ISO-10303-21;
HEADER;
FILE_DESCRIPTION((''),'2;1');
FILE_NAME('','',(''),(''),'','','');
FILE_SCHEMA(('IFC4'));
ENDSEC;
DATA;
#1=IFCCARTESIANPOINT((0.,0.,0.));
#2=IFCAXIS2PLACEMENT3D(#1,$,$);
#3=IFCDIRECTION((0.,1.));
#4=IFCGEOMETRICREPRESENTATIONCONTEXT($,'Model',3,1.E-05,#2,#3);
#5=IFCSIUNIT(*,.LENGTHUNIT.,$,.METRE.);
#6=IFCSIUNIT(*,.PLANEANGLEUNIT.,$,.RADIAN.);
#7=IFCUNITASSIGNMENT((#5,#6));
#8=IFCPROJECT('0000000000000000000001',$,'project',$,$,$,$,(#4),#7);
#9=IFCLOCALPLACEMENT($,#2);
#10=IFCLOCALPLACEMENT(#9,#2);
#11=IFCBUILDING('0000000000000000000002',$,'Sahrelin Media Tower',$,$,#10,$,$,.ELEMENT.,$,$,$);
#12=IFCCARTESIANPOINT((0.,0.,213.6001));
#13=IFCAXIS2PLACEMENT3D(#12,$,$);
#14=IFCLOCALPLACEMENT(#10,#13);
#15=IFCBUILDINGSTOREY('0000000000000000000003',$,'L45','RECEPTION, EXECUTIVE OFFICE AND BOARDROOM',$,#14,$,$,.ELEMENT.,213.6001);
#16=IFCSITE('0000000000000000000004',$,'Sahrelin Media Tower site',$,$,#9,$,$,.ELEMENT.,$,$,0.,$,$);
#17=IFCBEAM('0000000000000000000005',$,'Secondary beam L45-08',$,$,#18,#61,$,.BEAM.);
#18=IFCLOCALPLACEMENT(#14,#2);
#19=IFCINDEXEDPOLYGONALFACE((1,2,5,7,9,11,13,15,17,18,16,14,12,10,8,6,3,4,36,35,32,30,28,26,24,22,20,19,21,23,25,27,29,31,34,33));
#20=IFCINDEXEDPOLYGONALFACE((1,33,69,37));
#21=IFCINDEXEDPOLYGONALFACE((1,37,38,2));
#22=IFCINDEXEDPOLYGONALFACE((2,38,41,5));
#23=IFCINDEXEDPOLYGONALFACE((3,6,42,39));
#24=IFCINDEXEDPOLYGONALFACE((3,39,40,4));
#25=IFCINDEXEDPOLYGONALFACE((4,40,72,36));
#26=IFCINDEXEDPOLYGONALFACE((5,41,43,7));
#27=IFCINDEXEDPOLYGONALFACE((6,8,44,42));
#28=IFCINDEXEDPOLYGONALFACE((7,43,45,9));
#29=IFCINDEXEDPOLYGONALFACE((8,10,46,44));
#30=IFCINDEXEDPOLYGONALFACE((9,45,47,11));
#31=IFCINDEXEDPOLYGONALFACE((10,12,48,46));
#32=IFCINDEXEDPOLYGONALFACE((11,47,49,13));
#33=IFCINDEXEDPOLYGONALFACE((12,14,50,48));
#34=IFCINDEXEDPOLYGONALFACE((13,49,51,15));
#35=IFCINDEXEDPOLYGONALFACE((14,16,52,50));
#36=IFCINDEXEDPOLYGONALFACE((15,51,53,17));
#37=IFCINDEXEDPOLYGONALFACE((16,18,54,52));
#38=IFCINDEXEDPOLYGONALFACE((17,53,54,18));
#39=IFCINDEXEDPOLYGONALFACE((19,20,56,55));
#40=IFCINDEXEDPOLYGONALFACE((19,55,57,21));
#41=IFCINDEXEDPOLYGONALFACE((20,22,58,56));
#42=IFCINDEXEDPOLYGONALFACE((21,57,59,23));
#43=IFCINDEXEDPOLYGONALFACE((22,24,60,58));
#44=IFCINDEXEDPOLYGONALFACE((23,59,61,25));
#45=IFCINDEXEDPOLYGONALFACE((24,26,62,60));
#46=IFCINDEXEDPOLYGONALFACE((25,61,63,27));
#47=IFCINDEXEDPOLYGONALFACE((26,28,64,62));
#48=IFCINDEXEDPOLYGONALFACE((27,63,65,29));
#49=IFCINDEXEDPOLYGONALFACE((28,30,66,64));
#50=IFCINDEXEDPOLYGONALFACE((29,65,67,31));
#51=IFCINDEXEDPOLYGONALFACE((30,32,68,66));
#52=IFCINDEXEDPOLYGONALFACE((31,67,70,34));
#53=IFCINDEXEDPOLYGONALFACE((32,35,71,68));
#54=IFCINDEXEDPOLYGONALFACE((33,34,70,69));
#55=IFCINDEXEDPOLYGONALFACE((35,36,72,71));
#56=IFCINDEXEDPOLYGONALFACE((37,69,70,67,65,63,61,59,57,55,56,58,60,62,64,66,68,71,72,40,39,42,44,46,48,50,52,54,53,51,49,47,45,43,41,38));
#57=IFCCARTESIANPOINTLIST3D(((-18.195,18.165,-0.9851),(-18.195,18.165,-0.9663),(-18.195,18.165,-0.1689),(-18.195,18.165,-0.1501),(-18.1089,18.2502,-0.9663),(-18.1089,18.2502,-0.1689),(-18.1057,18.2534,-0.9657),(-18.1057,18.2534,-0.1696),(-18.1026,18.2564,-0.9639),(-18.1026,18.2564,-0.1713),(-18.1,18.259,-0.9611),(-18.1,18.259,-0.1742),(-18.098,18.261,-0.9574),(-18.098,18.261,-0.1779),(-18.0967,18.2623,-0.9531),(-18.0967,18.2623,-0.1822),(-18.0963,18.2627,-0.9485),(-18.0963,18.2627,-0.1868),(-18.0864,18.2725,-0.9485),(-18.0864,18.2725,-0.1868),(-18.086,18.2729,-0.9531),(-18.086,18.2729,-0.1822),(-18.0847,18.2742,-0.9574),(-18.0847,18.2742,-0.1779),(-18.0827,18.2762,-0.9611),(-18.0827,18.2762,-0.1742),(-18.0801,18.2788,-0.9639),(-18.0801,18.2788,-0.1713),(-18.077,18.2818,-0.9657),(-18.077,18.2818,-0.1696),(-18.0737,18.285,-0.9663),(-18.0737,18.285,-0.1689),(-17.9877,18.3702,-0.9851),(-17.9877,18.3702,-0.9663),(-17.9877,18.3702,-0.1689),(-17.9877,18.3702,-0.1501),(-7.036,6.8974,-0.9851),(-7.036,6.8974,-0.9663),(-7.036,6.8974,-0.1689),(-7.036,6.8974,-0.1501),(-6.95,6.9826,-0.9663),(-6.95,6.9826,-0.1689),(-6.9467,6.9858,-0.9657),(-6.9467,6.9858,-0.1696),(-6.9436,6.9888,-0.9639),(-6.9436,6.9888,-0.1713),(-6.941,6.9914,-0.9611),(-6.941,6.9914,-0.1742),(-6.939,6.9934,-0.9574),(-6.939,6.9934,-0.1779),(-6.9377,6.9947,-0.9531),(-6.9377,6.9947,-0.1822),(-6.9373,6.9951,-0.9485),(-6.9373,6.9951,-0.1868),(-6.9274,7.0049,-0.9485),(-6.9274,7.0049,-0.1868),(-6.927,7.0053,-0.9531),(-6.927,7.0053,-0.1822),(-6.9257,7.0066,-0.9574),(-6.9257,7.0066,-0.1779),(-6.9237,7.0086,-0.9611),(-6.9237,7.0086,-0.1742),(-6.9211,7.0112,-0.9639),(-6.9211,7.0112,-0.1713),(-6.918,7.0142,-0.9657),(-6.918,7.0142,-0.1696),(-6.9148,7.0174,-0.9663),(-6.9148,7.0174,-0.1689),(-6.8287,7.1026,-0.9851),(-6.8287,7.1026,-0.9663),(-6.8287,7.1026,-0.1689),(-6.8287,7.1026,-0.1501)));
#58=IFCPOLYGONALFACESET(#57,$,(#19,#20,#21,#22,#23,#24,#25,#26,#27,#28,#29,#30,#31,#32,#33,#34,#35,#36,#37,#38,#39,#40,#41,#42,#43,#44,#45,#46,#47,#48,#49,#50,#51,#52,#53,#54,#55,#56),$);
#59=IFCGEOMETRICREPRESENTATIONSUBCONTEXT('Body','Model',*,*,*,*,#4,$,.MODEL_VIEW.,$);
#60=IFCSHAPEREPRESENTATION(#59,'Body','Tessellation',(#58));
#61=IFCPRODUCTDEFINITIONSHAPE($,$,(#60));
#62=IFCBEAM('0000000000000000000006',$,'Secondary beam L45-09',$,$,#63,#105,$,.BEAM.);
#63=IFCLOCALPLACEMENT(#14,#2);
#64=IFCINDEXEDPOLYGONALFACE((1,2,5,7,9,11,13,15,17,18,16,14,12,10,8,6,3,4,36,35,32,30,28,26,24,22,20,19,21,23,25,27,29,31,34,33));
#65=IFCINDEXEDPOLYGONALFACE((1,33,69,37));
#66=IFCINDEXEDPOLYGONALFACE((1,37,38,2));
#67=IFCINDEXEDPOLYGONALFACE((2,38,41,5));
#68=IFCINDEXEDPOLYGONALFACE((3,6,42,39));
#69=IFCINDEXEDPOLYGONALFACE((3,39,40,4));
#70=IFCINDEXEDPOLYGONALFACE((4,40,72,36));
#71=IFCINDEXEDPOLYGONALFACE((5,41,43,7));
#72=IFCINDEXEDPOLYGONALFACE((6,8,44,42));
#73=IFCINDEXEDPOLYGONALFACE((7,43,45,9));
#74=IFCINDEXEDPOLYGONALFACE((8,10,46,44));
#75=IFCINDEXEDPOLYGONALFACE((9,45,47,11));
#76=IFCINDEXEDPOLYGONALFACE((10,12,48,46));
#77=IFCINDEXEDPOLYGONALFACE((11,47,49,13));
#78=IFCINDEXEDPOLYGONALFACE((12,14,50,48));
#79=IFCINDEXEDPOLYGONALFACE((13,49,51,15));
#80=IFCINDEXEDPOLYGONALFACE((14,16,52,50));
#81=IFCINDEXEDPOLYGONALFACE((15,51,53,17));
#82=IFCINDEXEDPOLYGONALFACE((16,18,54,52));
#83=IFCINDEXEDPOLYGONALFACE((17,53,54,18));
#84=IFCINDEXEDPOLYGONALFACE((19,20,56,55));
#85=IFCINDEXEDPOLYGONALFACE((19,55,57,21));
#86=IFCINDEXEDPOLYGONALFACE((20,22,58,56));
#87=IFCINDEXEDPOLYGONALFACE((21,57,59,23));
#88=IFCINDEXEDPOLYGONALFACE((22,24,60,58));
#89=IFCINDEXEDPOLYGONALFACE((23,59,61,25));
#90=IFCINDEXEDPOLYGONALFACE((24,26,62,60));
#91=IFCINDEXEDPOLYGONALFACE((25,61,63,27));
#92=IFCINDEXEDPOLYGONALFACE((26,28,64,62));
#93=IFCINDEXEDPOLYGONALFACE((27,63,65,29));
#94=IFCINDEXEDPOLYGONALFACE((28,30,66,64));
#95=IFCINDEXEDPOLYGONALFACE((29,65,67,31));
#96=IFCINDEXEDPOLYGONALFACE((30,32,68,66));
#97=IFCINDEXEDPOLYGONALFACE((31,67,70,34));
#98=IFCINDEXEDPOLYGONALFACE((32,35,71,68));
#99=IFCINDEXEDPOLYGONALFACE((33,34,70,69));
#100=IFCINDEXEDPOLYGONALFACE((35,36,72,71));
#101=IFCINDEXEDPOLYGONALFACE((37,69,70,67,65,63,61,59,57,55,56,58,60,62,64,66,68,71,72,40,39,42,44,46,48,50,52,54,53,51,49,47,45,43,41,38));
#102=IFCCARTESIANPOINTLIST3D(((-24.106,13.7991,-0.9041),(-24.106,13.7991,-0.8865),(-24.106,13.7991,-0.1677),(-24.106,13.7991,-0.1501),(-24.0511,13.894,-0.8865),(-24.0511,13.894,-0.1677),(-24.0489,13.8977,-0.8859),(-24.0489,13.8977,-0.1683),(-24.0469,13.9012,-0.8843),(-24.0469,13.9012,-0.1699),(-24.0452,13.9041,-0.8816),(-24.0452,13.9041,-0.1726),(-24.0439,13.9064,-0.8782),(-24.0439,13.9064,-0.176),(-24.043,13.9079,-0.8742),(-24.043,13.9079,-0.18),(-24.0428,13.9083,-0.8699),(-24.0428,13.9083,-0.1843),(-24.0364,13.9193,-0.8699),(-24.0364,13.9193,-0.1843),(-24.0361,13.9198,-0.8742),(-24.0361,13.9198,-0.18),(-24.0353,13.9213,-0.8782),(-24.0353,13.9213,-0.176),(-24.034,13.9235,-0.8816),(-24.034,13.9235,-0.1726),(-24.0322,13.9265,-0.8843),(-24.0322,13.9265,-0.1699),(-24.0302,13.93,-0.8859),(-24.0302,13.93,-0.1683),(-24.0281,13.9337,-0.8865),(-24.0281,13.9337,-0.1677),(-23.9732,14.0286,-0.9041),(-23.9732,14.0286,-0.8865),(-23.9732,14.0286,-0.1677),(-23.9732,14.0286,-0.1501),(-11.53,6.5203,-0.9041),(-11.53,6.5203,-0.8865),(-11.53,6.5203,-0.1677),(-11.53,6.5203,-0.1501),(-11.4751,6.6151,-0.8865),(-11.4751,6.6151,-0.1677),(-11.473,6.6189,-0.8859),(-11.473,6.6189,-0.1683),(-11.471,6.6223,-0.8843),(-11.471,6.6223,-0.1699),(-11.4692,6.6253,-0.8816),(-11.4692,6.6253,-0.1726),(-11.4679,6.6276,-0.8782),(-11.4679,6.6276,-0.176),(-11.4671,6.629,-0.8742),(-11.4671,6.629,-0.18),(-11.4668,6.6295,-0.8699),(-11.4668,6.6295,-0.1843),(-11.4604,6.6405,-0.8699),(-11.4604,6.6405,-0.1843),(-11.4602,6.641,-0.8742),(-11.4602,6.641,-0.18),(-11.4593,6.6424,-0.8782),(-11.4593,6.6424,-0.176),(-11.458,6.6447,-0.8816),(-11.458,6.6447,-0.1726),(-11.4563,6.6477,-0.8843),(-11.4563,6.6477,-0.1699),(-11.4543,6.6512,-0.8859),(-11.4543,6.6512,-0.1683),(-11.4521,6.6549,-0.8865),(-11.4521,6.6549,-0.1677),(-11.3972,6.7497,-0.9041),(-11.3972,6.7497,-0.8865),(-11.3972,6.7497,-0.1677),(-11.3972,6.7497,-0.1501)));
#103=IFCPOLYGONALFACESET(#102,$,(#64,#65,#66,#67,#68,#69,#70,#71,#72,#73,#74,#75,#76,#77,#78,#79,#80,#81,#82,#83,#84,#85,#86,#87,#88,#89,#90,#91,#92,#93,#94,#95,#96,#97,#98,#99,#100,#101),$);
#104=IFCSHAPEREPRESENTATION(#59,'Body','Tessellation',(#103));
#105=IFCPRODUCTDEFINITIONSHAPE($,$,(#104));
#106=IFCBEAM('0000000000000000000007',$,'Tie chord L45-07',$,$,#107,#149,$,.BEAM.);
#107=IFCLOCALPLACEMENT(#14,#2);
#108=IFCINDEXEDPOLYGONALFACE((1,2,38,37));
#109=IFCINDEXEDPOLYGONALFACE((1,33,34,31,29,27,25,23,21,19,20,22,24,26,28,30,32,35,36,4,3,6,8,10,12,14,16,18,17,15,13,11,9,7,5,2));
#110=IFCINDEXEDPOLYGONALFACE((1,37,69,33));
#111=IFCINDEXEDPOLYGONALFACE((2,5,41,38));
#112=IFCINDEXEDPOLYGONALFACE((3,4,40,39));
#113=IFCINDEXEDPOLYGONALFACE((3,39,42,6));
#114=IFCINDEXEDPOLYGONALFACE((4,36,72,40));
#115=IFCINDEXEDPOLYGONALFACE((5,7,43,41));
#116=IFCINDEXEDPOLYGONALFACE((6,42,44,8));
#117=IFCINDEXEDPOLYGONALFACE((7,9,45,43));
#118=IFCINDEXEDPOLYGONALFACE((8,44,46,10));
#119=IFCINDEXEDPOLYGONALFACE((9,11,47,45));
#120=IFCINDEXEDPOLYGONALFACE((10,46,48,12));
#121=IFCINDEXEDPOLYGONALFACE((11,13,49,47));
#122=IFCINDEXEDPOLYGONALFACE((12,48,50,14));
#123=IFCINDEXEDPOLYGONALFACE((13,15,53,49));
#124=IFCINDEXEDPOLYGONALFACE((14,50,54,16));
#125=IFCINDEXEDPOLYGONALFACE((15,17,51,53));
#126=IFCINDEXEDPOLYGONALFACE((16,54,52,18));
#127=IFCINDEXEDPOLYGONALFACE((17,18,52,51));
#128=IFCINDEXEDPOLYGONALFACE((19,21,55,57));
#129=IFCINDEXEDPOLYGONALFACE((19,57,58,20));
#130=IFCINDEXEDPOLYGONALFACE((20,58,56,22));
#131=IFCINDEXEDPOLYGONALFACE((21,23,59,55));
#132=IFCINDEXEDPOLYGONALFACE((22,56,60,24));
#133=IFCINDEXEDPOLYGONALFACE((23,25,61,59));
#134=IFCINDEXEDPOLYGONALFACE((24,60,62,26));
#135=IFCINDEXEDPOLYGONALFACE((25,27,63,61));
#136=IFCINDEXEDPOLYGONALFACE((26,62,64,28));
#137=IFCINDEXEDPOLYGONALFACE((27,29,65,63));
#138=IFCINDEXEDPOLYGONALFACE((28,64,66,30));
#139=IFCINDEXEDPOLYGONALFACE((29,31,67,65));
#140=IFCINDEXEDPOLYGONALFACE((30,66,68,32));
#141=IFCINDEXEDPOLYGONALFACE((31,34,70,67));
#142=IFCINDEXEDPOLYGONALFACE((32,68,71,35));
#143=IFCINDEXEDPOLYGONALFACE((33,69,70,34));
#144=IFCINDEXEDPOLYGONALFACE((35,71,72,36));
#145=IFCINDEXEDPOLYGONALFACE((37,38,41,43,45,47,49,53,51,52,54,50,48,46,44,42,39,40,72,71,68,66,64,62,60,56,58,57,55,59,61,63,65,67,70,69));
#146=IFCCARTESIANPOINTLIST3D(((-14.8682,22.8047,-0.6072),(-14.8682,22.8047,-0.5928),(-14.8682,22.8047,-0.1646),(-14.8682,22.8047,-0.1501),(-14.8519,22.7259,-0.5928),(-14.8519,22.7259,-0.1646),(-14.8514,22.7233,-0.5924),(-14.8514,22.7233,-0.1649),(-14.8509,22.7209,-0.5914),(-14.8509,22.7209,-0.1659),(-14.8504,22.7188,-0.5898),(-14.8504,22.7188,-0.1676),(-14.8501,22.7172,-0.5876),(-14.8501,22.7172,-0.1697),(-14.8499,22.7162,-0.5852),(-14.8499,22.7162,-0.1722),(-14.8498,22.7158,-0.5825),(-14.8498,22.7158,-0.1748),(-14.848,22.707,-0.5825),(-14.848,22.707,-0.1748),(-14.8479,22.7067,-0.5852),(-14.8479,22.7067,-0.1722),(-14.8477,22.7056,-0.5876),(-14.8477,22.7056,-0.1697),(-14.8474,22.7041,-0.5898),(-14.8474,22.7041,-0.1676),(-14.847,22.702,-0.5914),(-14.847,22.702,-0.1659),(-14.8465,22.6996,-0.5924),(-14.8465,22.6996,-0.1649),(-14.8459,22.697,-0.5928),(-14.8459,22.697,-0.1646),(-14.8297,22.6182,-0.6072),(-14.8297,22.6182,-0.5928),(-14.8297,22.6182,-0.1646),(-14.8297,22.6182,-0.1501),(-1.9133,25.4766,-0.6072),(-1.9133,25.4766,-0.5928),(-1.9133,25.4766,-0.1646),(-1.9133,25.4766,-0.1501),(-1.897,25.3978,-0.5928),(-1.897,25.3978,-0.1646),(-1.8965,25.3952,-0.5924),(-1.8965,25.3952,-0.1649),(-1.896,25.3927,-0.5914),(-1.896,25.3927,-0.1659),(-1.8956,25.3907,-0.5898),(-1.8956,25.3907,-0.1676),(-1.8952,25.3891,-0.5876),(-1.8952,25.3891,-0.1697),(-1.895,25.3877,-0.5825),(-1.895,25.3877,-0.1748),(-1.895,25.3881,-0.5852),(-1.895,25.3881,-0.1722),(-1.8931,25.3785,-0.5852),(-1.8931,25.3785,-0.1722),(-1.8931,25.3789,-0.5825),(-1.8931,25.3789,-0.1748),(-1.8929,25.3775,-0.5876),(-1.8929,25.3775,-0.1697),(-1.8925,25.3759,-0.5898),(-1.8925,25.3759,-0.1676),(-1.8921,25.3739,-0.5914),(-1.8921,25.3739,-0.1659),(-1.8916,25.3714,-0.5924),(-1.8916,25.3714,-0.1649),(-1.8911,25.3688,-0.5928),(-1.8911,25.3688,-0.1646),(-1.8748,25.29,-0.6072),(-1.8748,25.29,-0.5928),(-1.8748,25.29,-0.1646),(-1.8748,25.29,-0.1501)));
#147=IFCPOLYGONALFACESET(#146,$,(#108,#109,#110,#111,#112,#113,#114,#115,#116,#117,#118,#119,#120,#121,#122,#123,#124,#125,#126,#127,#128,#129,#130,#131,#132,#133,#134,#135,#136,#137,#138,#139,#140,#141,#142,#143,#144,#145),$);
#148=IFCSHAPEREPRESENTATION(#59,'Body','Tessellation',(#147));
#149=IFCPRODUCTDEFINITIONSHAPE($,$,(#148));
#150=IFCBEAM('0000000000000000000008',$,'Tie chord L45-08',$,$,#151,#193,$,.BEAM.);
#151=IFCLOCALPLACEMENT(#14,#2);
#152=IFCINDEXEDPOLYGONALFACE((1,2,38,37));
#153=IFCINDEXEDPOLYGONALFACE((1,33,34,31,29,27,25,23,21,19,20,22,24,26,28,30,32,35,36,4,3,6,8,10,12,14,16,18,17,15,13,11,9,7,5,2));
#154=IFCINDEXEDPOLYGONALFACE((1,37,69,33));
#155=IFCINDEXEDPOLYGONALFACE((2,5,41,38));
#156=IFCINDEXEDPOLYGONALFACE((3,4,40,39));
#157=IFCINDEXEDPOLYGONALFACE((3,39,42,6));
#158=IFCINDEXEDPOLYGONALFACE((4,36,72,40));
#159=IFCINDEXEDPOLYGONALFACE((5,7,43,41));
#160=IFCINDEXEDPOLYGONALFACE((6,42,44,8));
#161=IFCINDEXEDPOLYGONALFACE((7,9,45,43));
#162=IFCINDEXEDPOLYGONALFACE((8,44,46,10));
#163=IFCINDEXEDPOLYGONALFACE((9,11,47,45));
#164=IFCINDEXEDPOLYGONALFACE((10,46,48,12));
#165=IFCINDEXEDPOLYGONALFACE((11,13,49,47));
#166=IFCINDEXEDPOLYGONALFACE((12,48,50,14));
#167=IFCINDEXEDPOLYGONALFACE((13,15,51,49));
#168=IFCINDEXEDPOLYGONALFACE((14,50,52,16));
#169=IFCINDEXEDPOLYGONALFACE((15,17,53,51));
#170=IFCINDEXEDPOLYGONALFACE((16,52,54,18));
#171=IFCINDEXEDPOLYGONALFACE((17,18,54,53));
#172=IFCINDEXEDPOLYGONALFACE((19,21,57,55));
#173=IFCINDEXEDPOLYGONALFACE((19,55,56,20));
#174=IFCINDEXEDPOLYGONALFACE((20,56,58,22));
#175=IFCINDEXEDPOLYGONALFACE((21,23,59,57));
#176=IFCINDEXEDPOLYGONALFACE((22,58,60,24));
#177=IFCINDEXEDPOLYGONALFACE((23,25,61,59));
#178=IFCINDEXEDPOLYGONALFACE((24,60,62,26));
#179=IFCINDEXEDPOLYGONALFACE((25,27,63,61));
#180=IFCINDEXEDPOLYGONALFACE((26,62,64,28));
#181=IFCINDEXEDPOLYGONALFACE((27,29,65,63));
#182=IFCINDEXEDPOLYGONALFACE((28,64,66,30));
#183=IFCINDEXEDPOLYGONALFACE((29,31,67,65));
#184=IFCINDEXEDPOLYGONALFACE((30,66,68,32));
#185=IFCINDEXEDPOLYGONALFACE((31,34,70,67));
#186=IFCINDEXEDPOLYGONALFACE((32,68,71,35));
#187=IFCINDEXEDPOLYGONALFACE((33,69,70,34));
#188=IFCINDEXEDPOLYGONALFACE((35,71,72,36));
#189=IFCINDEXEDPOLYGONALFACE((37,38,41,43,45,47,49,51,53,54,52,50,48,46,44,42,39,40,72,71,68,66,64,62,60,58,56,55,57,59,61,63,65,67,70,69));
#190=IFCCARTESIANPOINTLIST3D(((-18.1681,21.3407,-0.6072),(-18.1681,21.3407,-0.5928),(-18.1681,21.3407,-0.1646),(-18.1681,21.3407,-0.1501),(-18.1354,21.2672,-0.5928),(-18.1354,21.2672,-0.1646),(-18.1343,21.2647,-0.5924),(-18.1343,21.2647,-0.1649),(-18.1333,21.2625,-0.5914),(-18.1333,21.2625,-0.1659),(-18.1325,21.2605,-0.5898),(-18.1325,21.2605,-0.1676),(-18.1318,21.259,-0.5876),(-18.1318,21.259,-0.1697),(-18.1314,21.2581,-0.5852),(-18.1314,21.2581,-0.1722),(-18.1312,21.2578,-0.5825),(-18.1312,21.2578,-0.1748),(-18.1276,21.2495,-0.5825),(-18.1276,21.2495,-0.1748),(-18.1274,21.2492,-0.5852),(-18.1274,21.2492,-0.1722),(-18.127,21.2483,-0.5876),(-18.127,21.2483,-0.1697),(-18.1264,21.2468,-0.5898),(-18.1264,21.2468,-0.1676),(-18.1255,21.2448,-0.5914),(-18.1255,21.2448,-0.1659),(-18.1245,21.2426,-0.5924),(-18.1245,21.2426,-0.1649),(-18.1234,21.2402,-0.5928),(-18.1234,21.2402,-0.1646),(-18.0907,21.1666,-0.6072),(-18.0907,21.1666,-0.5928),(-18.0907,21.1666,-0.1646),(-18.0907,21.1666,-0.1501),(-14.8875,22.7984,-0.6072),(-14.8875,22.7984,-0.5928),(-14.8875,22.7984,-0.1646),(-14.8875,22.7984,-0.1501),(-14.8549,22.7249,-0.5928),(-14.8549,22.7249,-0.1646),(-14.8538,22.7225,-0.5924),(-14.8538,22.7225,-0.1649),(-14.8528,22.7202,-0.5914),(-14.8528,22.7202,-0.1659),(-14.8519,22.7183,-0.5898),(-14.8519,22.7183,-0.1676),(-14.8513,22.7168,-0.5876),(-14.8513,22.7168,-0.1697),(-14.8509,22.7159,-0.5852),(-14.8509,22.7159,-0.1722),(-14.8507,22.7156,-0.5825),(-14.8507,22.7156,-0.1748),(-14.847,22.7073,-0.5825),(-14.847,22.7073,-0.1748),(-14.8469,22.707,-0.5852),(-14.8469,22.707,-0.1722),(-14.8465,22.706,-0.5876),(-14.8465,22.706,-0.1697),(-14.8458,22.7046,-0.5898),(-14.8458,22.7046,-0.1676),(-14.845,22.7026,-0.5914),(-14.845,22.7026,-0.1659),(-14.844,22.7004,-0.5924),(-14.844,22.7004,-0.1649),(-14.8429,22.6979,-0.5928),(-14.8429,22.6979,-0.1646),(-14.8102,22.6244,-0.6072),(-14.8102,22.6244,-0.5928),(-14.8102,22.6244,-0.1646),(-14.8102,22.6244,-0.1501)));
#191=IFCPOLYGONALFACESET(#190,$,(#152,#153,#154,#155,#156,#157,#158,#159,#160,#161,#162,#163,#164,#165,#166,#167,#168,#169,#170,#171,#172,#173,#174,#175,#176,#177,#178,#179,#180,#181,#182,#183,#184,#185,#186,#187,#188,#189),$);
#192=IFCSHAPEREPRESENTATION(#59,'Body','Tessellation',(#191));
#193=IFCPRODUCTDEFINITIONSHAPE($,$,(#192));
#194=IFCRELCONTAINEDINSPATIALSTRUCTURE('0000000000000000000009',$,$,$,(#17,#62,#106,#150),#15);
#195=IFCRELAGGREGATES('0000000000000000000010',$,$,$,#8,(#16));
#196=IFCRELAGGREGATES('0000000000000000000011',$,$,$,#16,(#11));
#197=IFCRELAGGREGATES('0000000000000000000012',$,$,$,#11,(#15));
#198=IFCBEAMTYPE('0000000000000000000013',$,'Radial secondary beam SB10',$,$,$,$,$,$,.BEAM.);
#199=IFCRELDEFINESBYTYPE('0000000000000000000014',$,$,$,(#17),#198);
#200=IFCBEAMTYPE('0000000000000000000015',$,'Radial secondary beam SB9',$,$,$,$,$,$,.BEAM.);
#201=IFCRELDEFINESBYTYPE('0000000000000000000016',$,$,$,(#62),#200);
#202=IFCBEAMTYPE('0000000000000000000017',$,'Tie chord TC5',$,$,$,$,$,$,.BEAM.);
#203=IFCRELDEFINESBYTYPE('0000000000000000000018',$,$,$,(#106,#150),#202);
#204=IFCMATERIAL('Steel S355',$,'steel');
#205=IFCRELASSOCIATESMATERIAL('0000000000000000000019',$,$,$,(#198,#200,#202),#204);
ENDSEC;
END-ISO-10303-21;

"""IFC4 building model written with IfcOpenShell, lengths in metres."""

from ifc_helpers import new_model, si_unit, direction, frame, origin, origin_2d, place, context, subcontext, project, spatial, i_section, extrude, material, material_profile, profile_set, type_object, element, save


model = new_model("IFC4")

# Units and contexts
model_context = context("Model", 3, precision=1e-05, world=origin(), true_north=direction((0.0, 1.0)))
body_context = subcontext(model_context, "Body", "Model", "MODEL_VIEW")
ifc_project = project(units=[si_unit("LENGTHUNIT", "METRE"), si_unit("PLANEANGLEUNIT", "RADIAN")], contexts=[model_context])

# Site, building, storey
site_placement = place(None, origin())
site = spatial("IfcSite", under=ifc_project, at=site_placement, Name="Sahrelin Media Tower site", CompositionType="ELEMENT", RefElevation=0.0)
building_placement = place(site_placement, origin())
building = spatial("IfcBuilding", under=site, at=building_placement, Name="Sahrelin Media Tower", CompositionType="ELEMENT")
storey_placement = place(building_placement, frame((0.0, 0.0, 213.6001)))
storey = spatial("IfcBuildingStorey", under=building, at=storey_placement, Name="L45", Description="RECEPTION, EXECUTIVE OFFICE AND BOARDROOM", CompositionType="ELEMENT", Elevation=213.6001)

# Shared definitions
ifc_material_1 = material(Name="Steel S355", Category="steel")

# Beams
ifc_material_profile_1 = material_profile(ifc_material_1, i_section(OverallWidth=0.2917, OverallDepth=0.835, WebThickness=0.0139, FlangeThickness=0.0188, FilletRadius=0.0178, at=origin_2d()), Name="UB 838x292x176")
ifc_profile_set_1 = profile_set([ifc_material_profile_1], Name="Steel S355")
beam_type_1 = type_object("IfcBeamType", Name="Radial secondary beam SB10", PredefinedType="BEAM", material=ifc_profile_set_1)
beam_1_placement = place(storey_placement, frame((-6.9324, 7.0, -0.5676), z_axis=(-0.703673, 0.710524, 0.0), x_axis=(-0.710524, -0.703673, 0.0)))
element("IfcBeam", 1, at=beam_1_placement, inside=storey, type_object=beam_type_1, Name="Secondary beam L45-08", PredefinedType="BEAM", context=body_context, shape_type="SweptSolid", body=[
    extrude(i_section(OverallWidth=0.2917, OverallDepth=0.835, WebThickness=0.0139, FlangeThickness=0.0188, FilletRadius=0.0178, at=origin_2d()), origin(), (0.0, 0.0, 1.0), 15.8582),
])
ifc_material_profile_2 = material_profile(ifc_material_1, i_section(OverallWidth=0.2651, OverallDepth=0.7539, WebThickness=0.0127, FlangeThickness=0.0176, FilletRadius=0.0166, at=origin_2d()), Name="UB 762x267x147")
ifc_profile_set_2 = profile_set([ifc_material_profile_2], Name="Steel S355")
beam_type_2 = type_object("IfcBeamType", Name="Radial secondary beam SB9", PredefinedType="BEAM", material=ifc_profile_set_2)
beam_2_placement = place(storey_placement, frame((-11.4636, 6.635, -0.5271), z_axis=(-0.865486, 0.500934, 0.0), x_axis=(-0.500934, -0.865486, 0.0)))
element("IfcBeam", 2, at=beam_2_placement, inside=storey, type_object=beam_type_2, Name="Secondary beam L45-09", PredefinedType="BEAM", context=body_context, shape_type="SweptSolid", body=[
    extrude(i_section(OverallWidth=0.2651, OverallDepth=0.7539, WebThickness=0.0127, FlangeThickness=0.0176, FilletRadius=0.0166, at=origin_2d()), origin(), (0.0, 0.0, 1.0), 14.5305),
])
ifc_material_profile_3 = material_profile(ifc_material_1, i_section(OverallWidth=0.1904, OverallDepth=0.457, WebThickness=0.009, FlangeThickness=0.0144, FilletRadius=0.0103, at=origin_2d()), Name="UB 457x191x74")
ifc_profile_set_3 = profile_set([ifc_material_profile_3], Name="Steel S355")
beam_type_3 = type_object("IfcBeamType", Name="Tie chord TC5", PredefinedType="BEAM", material=ifc_profile_set_3)
beam_3_placement = place(storey_placement, frame((-1.894, 25.3833, -0.3787), z_axis=(-0.979387, -0.201994, 0.0), x_axis=(0.201994, -0.979387, 0.0)))
element("IfcBeam", 3, at=beam_3_placement, inside=storey, type_object=beam_type_3, Name="Tie chord L45-07", PredefinedType="BEAM", context=body_context, shape_type="SweptSolid", body=[
    extrude(i_section(OverallWidth=0.1904, OverallDepth=0.457, WebThickness=0.009, FlangeThickness=0.0144, FilletRadius=0.0103, at=origin_2d()), origin(), (0.0, 0.0, 1.0), 13.2275),
])
beam_4_placement = place(storey_placement, frame((-14.8489, 22.7114, -0.3787), z_axis=(-0.913837, -0.406082, 0.0), x_axis=(0.406082, -0.913837, 0.0)))
element("IfcBeam", 4, at=beam_4_placement, inside=storey, type_object=beam_type_3, Name="Tie chord L45-08", PredefinedType="BEAM", context=body_context, shape_type="SweptSolid", body=[
    extrude(i_section(OverallWidth=0.1904, OverallDepth=0.457, WebThickness=0.009, FlangeThickness=0.0144, FilletRadius=0.0103, at=origin_2d()), origin(), (0.0, 0.0, 1.0), 3.5898),
])

save(model, "model.ifc")
